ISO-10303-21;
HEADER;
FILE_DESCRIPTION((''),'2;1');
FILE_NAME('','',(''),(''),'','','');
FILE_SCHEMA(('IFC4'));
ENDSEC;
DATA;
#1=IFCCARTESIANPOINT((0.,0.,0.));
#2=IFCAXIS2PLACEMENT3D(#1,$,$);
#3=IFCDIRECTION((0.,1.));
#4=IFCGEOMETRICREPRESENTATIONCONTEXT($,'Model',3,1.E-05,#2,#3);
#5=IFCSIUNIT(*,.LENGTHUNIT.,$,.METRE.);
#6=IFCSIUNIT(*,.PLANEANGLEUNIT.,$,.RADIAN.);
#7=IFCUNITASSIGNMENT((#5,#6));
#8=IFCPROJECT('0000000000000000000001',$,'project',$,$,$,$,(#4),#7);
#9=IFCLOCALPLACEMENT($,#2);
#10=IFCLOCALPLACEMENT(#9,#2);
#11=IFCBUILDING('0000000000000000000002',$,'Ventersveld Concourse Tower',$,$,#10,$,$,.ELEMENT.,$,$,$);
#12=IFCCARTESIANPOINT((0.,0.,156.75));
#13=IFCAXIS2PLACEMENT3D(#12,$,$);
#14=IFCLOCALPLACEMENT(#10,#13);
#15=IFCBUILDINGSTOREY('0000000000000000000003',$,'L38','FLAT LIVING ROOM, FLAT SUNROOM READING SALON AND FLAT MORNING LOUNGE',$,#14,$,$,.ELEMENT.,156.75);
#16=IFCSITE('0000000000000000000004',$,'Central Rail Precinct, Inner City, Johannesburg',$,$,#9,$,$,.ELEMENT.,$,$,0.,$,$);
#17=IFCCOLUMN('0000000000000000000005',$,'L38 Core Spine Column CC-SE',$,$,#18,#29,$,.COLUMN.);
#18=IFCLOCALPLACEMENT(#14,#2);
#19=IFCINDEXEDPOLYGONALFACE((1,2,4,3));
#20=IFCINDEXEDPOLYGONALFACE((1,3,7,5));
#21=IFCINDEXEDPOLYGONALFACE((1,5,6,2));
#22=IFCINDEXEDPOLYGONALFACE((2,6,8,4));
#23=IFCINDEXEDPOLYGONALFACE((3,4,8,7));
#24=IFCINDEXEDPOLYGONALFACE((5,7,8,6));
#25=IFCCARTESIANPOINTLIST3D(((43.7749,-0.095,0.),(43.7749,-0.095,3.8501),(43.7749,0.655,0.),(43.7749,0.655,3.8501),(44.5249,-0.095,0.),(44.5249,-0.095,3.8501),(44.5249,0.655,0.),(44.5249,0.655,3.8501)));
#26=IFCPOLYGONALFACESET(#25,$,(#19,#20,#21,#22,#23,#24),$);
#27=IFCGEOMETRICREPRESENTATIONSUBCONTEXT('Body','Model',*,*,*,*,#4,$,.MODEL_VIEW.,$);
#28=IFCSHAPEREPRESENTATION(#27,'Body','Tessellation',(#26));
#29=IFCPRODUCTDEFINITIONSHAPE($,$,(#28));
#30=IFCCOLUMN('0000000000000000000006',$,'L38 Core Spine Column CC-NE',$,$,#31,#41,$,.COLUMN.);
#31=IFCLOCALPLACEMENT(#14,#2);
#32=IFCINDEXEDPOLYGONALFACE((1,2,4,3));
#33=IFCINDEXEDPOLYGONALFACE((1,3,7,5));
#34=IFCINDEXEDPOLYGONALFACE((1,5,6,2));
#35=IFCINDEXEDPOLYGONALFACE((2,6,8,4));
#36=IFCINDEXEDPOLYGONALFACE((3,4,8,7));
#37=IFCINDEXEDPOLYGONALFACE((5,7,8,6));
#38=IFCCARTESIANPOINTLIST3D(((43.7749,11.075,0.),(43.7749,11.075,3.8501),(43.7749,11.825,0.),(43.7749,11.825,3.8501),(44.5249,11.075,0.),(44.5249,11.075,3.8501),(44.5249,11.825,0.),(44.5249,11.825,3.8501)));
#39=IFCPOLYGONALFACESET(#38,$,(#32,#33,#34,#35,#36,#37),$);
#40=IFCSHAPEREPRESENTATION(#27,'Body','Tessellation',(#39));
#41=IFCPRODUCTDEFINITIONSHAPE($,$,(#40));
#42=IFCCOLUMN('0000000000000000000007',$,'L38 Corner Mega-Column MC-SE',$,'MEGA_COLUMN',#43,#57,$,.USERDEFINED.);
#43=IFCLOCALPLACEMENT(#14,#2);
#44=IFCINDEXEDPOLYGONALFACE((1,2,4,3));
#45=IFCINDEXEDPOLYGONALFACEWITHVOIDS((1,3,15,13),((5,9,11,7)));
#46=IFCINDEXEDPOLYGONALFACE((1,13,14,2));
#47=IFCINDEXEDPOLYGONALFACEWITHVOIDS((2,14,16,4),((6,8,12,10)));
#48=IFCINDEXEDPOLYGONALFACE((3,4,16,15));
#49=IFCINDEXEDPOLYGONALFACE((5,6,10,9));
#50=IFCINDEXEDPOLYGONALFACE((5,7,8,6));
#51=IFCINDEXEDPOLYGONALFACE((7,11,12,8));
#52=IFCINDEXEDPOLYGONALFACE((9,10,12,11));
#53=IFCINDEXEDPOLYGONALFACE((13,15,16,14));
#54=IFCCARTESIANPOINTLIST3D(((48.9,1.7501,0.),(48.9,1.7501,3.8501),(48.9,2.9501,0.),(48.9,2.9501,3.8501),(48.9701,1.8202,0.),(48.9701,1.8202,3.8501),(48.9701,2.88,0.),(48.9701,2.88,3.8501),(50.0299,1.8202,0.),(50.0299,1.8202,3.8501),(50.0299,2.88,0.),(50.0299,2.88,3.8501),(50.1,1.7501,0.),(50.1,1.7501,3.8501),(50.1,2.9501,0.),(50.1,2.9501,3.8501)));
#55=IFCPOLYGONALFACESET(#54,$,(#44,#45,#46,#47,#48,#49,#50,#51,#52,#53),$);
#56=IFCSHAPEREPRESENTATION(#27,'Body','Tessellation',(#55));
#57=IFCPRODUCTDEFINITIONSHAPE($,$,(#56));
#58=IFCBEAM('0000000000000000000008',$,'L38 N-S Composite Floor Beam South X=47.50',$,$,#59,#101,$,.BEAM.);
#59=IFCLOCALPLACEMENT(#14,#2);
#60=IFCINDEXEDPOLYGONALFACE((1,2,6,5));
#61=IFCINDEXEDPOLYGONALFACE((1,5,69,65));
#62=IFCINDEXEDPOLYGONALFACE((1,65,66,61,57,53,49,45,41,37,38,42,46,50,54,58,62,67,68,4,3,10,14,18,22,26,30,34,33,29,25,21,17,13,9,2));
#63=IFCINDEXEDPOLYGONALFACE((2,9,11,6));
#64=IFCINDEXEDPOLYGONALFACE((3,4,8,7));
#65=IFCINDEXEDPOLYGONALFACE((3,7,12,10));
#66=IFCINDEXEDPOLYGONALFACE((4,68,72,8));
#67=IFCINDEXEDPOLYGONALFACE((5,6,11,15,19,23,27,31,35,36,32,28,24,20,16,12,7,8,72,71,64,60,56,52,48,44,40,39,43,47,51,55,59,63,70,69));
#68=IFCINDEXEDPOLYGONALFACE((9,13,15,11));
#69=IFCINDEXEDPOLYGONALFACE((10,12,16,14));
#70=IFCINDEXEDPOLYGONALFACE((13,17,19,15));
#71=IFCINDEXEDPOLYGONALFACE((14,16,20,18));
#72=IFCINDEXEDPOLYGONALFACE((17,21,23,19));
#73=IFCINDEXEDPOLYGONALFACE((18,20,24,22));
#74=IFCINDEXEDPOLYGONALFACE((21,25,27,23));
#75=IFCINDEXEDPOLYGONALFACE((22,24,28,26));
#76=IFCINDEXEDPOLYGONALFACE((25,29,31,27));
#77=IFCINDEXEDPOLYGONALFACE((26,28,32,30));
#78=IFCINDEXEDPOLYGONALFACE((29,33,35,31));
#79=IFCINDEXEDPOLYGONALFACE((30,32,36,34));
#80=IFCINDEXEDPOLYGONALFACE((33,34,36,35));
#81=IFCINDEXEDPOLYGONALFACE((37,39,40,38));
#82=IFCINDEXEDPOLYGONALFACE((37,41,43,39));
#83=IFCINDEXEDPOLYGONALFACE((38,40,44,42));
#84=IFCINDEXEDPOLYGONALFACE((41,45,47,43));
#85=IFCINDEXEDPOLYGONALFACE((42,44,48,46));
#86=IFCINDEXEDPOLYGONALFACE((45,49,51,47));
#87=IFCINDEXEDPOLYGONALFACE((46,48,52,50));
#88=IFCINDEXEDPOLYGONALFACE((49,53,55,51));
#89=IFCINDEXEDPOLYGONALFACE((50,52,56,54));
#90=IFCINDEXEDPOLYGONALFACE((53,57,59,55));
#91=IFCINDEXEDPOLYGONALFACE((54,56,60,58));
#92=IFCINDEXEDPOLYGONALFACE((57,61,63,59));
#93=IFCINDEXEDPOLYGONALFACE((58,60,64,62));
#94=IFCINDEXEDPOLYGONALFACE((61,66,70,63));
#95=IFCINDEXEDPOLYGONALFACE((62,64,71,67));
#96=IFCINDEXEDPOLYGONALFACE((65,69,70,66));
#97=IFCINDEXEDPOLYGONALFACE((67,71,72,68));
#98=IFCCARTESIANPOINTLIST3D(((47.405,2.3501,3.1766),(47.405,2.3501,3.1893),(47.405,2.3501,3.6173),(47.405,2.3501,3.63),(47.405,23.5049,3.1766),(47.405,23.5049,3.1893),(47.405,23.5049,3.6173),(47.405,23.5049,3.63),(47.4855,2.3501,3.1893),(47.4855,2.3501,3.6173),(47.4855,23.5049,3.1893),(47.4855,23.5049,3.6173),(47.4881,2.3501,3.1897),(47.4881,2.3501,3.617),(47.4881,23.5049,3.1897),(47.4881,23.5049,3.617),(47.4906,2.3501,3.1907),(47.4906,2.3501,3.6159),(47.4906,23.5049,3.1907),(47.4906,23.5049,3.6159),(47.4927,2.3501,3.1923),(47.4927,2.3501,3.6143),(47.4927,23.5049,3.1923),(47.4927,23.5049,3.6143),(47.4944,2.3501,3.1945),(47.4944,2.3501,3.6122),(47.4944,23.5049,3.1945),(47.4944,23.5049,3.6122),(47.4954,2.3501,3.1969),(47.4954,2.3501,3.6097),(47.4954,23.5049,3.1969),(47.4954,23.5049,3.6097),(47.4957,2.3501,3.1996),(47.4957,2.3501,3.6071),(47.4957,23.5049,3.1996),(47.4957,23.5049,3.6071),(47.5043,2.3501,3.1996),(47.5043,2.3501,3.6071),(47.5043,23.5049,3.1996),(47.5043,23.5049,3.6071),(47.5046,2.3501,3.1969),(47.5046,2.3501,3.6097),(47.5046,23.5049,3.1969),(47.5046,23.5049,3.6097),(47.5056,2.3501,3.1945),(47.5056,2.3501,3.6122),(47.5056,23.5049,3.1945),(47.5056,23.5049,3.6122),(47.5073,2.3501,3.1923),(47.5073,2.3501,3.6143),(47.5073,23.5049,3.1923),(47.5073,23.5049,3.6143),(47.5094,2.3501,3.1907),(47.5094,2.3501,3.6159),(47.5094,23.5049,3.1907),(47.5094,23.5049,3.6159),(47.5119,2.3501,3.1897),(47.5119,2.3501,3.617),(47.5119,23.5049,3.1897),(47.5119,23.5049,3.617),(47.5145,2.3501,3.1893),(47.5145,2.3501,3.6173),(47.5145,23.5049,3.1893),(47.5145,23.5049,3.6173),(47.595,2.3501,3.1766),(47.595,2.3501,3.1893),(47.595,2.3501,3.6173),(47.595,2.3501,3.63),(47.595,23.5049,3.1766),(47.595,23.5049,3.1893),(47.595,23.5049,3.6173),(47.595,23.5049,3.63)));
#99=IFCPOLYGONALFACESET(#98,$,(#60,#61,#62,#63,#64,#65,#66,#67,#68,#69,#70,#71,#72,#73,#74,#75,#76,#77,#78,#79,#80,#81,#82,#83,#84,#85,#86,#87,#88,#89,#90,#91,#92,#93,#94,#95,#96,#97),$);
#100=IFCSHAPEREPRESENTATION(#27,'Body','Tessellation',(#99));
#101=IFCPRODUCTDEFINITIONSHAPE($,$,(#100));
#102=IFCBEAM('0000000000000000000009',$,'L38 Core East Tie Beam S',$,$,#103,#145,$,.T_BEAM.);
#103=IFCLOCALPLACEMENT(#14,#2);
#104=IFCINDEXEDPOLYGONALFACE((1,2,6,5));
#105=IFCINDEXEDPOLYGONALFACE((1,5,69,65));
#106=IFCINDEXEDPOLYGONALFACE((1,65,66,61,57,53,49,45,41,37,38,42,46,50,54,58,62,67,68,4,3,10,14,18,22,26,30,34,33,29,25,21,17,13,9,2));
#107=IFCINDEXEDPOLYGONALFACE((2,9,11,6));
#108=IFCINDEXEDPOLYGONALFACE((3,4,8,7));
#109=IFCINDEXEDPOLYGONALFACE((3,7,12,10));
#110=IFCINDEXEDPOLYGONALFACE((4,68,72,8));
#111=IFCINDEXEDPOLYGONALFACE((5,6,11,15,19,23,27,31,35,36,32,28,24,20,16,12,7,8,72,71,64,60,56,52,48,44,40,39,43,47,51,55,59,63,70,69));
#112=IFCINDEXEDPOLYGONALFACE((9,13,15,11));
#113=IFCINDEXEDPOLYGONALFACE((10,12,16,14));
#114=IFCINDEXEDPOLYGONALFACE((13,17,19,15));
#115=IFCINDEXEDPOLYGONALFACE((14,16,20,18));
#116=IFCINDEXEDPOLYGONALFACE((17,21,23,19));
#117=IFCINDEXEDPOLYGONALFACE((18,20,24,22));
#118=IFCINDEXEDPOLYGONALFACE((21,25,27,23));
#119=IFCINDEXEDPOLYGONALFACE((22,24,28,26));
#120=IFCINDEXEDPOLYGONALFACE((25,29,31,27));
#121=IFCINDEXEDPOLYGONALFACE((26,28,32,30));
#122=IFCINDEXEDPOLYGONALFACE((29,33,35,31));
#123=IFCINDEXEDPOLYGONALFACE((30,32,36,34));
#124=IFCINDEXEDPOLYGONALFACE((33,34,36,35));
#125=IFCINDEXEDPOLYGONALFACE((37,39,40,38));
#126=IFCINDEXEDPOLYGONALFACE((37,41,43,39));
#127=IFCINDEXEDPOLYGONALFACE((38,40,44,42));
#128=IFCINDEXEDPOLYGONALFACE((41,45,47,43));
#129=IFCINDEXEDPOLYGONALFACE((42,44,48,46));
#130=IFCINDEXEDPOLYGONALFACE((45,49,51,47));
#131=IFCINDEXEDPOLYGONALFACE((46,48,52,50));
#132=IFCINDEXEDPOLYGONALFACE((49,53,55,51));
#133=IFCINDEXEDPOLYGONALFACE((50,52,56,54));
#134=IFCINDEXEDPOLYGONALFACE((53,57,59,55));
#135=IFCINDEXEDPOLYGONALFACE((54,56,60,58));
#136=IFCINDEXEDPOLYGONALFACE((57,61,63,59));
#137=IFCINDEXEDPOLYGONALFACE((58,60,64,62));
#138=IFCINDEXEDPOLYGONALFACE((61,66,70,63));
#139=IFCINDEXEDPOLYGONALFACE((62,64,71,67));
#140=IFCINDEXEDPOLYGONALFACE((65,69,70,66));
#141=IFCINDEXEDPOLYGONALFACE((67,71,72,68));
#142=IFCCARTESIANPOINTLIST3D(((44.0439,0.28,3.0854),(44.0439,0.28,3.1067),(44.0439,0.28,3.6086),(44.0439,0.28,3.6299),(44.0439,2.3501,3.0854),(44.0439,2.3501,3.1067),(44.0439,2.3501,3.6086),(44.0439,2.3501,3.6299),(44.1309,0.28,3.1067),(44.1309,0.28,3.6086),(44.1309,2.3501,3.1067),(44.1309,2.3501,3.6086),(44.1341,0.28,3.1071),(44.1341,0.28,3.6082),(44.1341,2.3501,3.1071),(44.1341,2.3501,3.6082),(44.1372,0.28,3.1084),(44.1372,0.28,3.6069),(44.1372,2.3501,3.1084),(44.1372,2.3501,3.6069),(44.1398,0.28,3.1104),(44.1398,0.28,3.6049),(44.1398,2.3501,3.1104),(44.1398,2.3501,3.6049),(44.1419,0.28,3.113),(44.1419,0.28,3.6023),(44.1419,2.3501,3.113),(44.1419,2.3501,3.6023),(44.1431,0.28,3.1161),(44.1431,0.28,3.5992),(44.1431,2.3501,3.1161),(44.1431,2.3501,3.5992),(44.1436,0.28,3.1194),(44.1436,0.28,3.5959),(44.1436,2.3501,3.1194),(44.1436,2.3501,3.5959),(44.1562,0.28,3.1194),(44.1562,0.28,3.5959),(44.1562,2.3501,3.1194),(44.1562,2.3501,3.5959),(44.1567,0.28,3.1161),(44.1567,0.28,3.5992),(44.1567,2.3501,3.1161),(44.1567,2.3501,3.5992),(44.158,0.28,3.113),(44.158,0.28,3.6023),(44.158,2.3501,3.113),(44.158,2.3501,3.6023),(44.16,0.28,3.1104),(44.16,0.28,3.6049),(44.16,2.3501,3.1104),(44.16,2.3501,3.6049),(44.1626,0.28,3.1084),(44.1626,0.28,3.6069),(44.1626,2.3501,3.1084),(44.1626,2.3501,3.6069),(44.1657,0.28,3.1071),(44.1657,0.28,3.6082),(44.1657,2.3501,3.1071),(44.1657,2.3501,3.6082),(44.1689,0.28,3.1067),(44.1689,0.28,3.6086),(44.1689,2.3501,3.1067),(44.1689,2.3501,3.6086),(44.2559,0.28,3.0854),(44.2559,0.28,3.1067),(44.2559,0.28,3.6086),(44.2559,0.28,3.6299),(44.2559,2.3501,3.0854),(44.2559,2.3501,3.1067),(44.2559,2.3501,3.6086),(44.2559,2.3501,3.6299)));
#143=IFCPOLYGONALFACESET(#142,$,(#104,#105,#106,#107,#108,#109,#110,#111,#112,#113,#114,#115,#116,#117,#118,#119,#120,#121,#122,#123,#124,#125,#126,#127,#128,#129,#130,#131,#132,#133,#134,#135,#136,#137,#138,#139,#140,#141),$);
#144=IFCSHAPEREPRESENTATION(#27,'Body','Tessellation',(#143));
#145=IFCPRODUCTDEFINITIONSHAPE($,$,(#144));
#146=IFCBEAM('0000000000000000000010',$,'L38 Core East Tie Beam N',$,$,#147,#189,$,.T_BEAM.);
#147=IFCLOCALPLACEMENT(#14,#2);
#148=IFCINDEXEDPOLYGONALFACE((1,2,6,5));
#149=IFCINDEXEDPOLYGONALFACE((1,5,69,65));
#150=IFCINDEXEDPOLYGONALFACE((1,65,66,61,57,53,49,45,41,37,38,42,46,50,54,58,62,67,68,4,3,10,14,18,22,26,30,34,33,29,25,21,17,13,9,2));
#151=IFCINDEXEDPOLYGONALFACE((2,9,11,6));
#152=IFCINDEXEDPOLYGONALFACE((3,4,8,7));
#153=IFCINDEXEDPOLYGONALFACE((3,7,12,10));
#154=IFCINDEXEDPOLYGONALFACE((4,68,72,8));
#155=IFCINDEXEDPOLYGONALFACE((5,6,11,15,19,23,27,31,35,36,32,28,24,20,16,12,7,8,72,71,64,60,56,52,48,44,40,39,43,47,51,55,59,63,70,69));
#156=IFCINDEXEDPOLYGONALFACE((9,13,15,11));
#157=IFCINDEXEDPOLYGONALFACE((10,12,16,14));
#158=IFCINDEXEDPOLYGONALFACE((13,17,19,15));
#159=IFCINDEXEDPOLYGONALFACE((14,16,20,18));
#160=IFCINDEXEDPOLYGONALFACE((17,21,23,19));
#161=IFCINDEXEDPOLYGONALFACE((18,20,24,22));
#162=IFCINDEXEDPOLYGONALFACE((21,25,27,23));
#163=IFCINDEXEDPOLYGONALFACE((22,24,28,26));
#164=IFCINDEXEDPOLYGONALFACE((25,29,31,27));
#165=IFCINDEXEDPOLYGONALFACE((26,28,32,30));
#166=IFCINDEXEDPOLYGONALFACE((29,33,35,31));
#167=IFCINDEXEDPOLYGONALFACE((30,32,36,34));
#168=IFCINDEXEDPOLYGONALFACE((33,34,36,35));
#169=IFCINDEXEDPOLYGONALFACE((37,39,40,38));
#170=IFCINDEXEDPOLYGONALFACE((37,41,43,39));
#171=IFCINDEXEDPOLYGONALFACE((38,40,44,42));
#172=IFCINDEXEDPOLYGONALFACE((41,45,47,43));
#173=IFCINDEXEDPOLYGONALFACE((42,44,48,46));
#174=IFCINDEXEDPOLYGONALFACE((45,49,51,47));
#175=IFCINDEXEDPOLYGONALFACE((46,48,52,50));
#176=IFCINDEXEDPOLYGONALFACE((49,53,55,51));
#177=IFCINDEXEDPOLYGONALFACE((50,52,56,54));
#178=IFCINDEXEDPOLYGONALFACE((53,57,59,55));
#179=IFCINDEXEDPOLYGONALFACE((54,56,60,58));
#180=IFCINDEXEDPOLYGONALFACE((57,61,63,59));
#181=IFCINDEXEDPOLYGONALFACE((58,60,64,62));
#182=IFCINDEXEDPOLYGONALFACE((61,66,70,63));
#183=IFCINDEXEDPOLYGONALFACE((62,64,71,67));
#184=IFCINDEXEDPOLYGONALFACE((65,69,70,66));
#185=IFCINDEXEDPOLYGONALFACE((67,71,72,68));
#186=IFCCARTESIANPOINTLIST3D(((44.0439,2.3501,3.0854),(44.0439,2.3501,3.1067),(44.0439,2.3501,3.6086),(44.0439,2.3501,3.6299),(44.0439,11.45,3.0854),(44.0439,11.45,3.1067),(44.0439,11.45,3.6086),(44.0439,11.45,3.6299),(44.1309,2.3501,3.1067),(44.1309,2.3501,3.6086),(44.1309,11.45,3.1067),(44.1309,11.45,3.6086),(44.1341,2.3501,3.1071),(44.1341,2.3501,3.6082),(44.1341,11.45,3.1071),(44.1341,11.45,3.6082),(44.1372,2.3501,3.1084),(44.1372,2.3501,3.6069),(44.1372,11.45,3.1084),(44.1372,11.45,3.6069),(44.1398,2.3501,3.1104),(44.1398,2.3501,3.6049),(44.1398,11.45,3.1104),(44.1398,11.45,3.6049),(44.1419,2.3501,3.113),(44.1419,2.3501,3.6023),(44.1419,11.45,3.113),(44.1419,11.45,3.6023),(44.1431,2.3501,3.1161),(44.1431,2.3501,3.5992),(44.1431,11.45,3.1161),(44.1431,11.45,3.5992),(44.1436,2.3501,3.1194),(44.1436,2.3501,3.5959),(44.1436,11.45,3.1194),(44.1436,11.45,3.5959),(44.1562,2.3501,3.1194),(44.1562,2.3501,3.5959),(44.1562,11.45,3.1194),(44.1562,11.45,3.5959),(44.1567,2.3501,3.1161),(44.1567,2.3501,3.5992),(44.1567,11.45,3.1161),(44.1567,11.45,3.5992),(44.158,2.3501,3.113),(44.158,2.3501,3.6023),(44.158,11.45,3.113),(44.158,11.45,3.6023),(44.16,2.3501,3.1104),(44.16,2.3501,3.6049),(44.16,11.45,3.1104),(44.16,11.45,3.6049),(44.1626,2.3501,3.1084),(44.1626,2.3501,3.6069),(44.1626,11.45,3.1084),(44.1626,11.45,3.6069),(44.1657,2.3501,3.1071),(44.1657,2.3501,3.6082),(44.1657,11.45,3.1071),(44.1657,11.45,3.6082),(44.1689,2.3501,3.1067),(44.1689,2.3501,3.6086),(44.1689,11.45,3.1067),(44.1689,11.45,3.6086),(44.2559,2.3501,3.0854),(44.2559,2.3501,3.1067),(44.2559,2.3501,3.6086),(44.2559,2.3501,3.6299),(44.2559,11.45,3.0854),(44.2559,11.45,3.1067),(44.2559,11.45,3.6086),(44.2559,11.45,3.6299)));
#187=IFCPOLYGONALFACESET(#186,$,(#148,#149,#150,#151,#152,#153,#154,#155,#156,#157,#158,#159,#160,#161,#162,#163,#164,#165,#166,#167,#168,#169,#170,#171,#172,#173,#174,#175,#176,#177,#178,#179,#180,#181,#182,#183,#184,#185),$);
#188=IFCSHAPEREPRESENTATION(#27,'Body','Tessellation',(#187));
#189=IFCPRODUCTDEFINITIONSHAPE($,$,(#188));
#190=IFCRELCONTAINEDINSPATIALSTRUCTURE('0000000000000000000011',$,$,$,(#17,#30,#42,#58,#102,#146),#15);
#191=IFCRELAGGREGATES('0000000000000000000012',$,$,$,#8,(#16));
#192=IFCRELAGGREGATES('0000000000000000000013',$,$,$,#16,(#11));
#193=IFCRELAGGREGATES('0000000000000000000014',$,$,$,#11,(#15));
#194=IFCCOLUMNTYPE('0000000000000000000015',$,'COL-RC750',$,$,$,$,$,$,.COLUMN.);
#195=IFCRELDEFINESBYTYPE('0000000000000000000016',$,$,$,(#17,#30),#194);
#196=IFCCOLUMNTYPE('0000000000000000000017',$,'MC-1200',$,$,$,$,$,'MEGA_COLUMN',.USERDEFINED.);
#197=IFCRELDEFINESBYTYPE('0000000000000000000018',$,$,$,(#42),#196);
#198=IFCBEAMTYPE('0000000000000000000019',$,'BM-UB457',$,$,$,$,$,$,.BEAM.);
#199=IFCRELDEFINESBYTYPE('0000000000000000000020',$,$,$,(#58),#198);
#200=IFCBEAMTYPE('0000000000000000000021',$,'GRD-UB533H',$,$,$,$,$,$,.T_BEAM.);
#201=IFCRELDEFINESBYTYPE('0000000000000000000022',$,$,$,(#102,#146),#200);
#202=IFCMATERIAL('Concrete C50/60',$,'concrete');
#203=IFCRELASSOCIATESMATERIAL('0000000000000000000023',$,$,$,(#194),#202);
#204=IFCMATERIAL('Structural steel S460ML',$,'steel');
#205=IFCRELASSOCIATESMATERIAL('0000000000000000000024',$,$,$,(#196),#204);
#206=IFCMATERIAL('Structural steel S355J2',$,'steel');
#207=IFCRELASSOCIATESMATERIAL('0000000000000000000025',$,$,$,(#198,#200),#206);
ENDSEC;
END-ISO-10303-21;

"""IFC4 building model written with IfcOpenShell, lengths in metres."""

from ifc_helpers import new_model, si_unit, direction, frame, origin, origin_2d, place, context, subcontext, project, spatial, rectangle, hollow_rectangle, i_section, extrude, material, material_profile, profile_set, type_object, element, save


model = new_model("IFC4")

# Units and contexts
model_context = context("Model", 3, precision=1e-05, world=origin(), true_north=direction((0.0, 1.0)))
body_context = subcontext(model_context, "Body", "Model", "MODEL_VIEW")
ifc_project = project(units=[si_unit("LENGTHUNIT", "METRE"), si_unit("PLANEANGLEUNIT", "RADIAN")], contexts=[model_context])

# Site, building, storey
site_placement = place(None, origin())
site = spatial("IfcSite", under=ifc_project, at=site_placement, Name="Central Rail Precinct, Inner City, Johannesburg", CompositionType="ELEMENT", RefElevation=0.0)
building_placement = place(site_placement, origin())
building = spatial("IfcBuilding", under=site, at=building_placement, Name="Ventersveld Concourse Tower", CompositionType="ELEMENT")
storey_placement = place(building_placement, frame((0.0, 0.0, 156.75)))
storey = spatial("IfcBuildingStorey", under=building, at=storey_placement, Name="L38", Description="FLAT LIVING ROOM, FLAT SUNROOM READING SALON AND FLAT MORNING LOUNGE", CompositionType="ELEMENT", Elevation=156.75)

# Columns
ifc_material_1 = material(Name="Concrete C50/60", Category="concrete")
ifc_material_profile_1 = material_profile(ifc_material_1, rectangle(XDim=0.75, YDim=0.75, at=origin_2d()), Name="RC 750x750")
ifc_profile_set_1 = profile_set([ifc_material_profile_1], Name="Concrete C50/60")
column_type_1 = type_object("IfcColumnType", Name="COL-RC750", PredefinedType="COLUMN", material=ifc_profile_set_1)
for number, where, z_axis, x_axis, name in (
    (1, (44.1499, 0.28, 0.0), (0.0, 0.0, 1.0), (1.0, 0.0, 0.0), "L38 Core Spine Column CC-SE"),
    (2, (44.1499, 11.45, 0.0), (0.0, 0.0, 1.0), (1.0, 0.0, 0.0), "L38 Core Spine Column CC-NE"),
):
    element("IfcColumn", number, at=place(storey_placement, frame(where, z_axis=z_axis, x_axis=x_axis)), inside=storey, type_object=column_type_1, Name=name, PredefinedType="COLUMN", context=body_context, shape_type="SweptSolid", body=[
        extrude(rectangle(XDim=0.75, YDim=0.75, at=origin_2d()), origin(), (0.0, 0.0, 1.0), 3.8501),
    ])
ifc_material_2 = material(Name="Structural steel S460ML", Category="steel")
ifc_material_profile_2 = material_profile(ifc_material_2, hollow_rectangle(XDim=1.2, YDim=1.2, WallThickness=0.0701, at=origin_2d()), Name="BOX 1200x1200x70")
ifc_profile_set_2 = profile_set([ifc_material_profile_2], Name="Structural steel S460ML")
column_type_2 = type_object("IfcColumnType", Name="MC-1200", ElementType="MEGA_COLUMN", PredefinedType="USERDEFINED", material=ifc_profile_set_2)
column_placement = place(storey_placement, frame((49.5, 2.3501, 0.0), z_axis=(0.0, 0.0, 1.0), x_axis=(1.0, 0.0, 0.0)))
element("IfcColumn", 3, at=column_placement, inside=storey, type_object=column_type_2, Name="L38 Corner Mega-Column MC-SE", ObjectType="MEGA_COLUMN", PredefinedType="USERDEFINED", context=body_context, shape_type="SweptSolid", body=[
    extrude(hollow_rectangle(XDim=1.2, YDim=1.2, WallThickness=0.0701, at=origin_2d()), origin(), (0.0, 0.0, 1.0), 3.8501),
])

# Beams
ifc_material_3 = material(Name="Structural steel S355J2", Category="steel")
ifc_material_profile_3 = material_profile(ifc_material_3, i_section(OverallWidth=0.1899, OverallDepth=0.4534, WebThickness=0.0085, FlangeThickness=0.0127, FilletRadius=0.0103, at=origin_2d()), Name="UB 457x191x67")
ifc_profile_set_3 = profile_set([ifc_material_profile_3], Name="Structural steel S355J2")
beam_type_1 = type_object("IfcBeamType", Name="BM-UB457", PredefinedType="BEAM", material=ifc_profile_set_3)
beam_1_placement = place(storey_placement, frame((47.5, 2.3501, 3.4033), z_axis=(0.0, 1.0, 0.0), x_axis=(-1.0, 0.0, 0.0)))
element("IfcBeam", 4, at=beam_1_placement, inside=storey, type_object=beam_type_1, Name="L38 N-S Composite Floor Beam South X=47.50", PredefinedType="BEAM", context=body_context, shape_type="SweptSolid", body=[
    extrude(i_section(OverallWidth=0.1899, OverallDepth=0.4534, WebThickness=0.0085, FlangeThickness=0.0127, FilletRadius=0.0103, at=origin_2d()), origin(), (0.0, 0.0, 1.0), 21.1548),
])
ifc_material_profile_4 = material_profile(ifc_material_3, i_section(OverallWidth=0.2119, OverallDepth=0.5444, WebThickness=0.0127, FlangeThickness=0.0212, FilletRadius=0.0127, at=origin_2d()), Name="UB 533x210x122")
ifc_profile_set_4 = profile_set([ifc_material_profile_4], Name="Structural steel S355J2")
beam_type_2 = type_object("IfcBeamType", Name="GRD-UB533H", PredefinedType="T_BEAM", material=ifc_profile_set_4)
beam_2_placement = place(storey_placement, frame((44.1499, 0.28, 3.3577), z_axis=(0.0, 1.0, 0.0), x_axis=(-1.0, 0.0, 0.0)))
element("IfcBeam", 5, at=beam_2_placement, inside=storey, type_object=beam_type_2, Name="L38 Core East Tie Beam S", PredefinedType="T_BEAM", context=body_context, shape_type="SweptSolid", body=[
    extrude(i_section(OverallWidth=0.2119, OverallDepth=0.5444, WebThickness=0.0127, FlangeThickness=0.0212, FilletRadius=0.0127, at=origin_2d()), origin(), (0.0, 0.0, 1.0), 2.0701),
])
beam_3_placement = place(storey_placement, frame((44.1499, 2.3501, 3.3577), z_axis=(0.0, 1.0, 0.0), x_axis=(-1.0, 0.0, 0.0)))
element("IfcBeam", 6, at=beam_3_placement, inside=storey, type_object=beam_type_2, Name="L38 Core East Tie Beam N", PredefinedType="T_BEAM", context=body_context, shape_type="SweptSolid", body=[
    extrude(i_section(OverallWidth=0.2119, OverallDepth=0.5444, WebThickness=0.0127, FlangeThickness=0.0212, FilletRadius=0.0127, at=origin_2d()), origin(), (0.0, 0.0, 1.0), 9.0999),
])

save(model, "model.ifc")
